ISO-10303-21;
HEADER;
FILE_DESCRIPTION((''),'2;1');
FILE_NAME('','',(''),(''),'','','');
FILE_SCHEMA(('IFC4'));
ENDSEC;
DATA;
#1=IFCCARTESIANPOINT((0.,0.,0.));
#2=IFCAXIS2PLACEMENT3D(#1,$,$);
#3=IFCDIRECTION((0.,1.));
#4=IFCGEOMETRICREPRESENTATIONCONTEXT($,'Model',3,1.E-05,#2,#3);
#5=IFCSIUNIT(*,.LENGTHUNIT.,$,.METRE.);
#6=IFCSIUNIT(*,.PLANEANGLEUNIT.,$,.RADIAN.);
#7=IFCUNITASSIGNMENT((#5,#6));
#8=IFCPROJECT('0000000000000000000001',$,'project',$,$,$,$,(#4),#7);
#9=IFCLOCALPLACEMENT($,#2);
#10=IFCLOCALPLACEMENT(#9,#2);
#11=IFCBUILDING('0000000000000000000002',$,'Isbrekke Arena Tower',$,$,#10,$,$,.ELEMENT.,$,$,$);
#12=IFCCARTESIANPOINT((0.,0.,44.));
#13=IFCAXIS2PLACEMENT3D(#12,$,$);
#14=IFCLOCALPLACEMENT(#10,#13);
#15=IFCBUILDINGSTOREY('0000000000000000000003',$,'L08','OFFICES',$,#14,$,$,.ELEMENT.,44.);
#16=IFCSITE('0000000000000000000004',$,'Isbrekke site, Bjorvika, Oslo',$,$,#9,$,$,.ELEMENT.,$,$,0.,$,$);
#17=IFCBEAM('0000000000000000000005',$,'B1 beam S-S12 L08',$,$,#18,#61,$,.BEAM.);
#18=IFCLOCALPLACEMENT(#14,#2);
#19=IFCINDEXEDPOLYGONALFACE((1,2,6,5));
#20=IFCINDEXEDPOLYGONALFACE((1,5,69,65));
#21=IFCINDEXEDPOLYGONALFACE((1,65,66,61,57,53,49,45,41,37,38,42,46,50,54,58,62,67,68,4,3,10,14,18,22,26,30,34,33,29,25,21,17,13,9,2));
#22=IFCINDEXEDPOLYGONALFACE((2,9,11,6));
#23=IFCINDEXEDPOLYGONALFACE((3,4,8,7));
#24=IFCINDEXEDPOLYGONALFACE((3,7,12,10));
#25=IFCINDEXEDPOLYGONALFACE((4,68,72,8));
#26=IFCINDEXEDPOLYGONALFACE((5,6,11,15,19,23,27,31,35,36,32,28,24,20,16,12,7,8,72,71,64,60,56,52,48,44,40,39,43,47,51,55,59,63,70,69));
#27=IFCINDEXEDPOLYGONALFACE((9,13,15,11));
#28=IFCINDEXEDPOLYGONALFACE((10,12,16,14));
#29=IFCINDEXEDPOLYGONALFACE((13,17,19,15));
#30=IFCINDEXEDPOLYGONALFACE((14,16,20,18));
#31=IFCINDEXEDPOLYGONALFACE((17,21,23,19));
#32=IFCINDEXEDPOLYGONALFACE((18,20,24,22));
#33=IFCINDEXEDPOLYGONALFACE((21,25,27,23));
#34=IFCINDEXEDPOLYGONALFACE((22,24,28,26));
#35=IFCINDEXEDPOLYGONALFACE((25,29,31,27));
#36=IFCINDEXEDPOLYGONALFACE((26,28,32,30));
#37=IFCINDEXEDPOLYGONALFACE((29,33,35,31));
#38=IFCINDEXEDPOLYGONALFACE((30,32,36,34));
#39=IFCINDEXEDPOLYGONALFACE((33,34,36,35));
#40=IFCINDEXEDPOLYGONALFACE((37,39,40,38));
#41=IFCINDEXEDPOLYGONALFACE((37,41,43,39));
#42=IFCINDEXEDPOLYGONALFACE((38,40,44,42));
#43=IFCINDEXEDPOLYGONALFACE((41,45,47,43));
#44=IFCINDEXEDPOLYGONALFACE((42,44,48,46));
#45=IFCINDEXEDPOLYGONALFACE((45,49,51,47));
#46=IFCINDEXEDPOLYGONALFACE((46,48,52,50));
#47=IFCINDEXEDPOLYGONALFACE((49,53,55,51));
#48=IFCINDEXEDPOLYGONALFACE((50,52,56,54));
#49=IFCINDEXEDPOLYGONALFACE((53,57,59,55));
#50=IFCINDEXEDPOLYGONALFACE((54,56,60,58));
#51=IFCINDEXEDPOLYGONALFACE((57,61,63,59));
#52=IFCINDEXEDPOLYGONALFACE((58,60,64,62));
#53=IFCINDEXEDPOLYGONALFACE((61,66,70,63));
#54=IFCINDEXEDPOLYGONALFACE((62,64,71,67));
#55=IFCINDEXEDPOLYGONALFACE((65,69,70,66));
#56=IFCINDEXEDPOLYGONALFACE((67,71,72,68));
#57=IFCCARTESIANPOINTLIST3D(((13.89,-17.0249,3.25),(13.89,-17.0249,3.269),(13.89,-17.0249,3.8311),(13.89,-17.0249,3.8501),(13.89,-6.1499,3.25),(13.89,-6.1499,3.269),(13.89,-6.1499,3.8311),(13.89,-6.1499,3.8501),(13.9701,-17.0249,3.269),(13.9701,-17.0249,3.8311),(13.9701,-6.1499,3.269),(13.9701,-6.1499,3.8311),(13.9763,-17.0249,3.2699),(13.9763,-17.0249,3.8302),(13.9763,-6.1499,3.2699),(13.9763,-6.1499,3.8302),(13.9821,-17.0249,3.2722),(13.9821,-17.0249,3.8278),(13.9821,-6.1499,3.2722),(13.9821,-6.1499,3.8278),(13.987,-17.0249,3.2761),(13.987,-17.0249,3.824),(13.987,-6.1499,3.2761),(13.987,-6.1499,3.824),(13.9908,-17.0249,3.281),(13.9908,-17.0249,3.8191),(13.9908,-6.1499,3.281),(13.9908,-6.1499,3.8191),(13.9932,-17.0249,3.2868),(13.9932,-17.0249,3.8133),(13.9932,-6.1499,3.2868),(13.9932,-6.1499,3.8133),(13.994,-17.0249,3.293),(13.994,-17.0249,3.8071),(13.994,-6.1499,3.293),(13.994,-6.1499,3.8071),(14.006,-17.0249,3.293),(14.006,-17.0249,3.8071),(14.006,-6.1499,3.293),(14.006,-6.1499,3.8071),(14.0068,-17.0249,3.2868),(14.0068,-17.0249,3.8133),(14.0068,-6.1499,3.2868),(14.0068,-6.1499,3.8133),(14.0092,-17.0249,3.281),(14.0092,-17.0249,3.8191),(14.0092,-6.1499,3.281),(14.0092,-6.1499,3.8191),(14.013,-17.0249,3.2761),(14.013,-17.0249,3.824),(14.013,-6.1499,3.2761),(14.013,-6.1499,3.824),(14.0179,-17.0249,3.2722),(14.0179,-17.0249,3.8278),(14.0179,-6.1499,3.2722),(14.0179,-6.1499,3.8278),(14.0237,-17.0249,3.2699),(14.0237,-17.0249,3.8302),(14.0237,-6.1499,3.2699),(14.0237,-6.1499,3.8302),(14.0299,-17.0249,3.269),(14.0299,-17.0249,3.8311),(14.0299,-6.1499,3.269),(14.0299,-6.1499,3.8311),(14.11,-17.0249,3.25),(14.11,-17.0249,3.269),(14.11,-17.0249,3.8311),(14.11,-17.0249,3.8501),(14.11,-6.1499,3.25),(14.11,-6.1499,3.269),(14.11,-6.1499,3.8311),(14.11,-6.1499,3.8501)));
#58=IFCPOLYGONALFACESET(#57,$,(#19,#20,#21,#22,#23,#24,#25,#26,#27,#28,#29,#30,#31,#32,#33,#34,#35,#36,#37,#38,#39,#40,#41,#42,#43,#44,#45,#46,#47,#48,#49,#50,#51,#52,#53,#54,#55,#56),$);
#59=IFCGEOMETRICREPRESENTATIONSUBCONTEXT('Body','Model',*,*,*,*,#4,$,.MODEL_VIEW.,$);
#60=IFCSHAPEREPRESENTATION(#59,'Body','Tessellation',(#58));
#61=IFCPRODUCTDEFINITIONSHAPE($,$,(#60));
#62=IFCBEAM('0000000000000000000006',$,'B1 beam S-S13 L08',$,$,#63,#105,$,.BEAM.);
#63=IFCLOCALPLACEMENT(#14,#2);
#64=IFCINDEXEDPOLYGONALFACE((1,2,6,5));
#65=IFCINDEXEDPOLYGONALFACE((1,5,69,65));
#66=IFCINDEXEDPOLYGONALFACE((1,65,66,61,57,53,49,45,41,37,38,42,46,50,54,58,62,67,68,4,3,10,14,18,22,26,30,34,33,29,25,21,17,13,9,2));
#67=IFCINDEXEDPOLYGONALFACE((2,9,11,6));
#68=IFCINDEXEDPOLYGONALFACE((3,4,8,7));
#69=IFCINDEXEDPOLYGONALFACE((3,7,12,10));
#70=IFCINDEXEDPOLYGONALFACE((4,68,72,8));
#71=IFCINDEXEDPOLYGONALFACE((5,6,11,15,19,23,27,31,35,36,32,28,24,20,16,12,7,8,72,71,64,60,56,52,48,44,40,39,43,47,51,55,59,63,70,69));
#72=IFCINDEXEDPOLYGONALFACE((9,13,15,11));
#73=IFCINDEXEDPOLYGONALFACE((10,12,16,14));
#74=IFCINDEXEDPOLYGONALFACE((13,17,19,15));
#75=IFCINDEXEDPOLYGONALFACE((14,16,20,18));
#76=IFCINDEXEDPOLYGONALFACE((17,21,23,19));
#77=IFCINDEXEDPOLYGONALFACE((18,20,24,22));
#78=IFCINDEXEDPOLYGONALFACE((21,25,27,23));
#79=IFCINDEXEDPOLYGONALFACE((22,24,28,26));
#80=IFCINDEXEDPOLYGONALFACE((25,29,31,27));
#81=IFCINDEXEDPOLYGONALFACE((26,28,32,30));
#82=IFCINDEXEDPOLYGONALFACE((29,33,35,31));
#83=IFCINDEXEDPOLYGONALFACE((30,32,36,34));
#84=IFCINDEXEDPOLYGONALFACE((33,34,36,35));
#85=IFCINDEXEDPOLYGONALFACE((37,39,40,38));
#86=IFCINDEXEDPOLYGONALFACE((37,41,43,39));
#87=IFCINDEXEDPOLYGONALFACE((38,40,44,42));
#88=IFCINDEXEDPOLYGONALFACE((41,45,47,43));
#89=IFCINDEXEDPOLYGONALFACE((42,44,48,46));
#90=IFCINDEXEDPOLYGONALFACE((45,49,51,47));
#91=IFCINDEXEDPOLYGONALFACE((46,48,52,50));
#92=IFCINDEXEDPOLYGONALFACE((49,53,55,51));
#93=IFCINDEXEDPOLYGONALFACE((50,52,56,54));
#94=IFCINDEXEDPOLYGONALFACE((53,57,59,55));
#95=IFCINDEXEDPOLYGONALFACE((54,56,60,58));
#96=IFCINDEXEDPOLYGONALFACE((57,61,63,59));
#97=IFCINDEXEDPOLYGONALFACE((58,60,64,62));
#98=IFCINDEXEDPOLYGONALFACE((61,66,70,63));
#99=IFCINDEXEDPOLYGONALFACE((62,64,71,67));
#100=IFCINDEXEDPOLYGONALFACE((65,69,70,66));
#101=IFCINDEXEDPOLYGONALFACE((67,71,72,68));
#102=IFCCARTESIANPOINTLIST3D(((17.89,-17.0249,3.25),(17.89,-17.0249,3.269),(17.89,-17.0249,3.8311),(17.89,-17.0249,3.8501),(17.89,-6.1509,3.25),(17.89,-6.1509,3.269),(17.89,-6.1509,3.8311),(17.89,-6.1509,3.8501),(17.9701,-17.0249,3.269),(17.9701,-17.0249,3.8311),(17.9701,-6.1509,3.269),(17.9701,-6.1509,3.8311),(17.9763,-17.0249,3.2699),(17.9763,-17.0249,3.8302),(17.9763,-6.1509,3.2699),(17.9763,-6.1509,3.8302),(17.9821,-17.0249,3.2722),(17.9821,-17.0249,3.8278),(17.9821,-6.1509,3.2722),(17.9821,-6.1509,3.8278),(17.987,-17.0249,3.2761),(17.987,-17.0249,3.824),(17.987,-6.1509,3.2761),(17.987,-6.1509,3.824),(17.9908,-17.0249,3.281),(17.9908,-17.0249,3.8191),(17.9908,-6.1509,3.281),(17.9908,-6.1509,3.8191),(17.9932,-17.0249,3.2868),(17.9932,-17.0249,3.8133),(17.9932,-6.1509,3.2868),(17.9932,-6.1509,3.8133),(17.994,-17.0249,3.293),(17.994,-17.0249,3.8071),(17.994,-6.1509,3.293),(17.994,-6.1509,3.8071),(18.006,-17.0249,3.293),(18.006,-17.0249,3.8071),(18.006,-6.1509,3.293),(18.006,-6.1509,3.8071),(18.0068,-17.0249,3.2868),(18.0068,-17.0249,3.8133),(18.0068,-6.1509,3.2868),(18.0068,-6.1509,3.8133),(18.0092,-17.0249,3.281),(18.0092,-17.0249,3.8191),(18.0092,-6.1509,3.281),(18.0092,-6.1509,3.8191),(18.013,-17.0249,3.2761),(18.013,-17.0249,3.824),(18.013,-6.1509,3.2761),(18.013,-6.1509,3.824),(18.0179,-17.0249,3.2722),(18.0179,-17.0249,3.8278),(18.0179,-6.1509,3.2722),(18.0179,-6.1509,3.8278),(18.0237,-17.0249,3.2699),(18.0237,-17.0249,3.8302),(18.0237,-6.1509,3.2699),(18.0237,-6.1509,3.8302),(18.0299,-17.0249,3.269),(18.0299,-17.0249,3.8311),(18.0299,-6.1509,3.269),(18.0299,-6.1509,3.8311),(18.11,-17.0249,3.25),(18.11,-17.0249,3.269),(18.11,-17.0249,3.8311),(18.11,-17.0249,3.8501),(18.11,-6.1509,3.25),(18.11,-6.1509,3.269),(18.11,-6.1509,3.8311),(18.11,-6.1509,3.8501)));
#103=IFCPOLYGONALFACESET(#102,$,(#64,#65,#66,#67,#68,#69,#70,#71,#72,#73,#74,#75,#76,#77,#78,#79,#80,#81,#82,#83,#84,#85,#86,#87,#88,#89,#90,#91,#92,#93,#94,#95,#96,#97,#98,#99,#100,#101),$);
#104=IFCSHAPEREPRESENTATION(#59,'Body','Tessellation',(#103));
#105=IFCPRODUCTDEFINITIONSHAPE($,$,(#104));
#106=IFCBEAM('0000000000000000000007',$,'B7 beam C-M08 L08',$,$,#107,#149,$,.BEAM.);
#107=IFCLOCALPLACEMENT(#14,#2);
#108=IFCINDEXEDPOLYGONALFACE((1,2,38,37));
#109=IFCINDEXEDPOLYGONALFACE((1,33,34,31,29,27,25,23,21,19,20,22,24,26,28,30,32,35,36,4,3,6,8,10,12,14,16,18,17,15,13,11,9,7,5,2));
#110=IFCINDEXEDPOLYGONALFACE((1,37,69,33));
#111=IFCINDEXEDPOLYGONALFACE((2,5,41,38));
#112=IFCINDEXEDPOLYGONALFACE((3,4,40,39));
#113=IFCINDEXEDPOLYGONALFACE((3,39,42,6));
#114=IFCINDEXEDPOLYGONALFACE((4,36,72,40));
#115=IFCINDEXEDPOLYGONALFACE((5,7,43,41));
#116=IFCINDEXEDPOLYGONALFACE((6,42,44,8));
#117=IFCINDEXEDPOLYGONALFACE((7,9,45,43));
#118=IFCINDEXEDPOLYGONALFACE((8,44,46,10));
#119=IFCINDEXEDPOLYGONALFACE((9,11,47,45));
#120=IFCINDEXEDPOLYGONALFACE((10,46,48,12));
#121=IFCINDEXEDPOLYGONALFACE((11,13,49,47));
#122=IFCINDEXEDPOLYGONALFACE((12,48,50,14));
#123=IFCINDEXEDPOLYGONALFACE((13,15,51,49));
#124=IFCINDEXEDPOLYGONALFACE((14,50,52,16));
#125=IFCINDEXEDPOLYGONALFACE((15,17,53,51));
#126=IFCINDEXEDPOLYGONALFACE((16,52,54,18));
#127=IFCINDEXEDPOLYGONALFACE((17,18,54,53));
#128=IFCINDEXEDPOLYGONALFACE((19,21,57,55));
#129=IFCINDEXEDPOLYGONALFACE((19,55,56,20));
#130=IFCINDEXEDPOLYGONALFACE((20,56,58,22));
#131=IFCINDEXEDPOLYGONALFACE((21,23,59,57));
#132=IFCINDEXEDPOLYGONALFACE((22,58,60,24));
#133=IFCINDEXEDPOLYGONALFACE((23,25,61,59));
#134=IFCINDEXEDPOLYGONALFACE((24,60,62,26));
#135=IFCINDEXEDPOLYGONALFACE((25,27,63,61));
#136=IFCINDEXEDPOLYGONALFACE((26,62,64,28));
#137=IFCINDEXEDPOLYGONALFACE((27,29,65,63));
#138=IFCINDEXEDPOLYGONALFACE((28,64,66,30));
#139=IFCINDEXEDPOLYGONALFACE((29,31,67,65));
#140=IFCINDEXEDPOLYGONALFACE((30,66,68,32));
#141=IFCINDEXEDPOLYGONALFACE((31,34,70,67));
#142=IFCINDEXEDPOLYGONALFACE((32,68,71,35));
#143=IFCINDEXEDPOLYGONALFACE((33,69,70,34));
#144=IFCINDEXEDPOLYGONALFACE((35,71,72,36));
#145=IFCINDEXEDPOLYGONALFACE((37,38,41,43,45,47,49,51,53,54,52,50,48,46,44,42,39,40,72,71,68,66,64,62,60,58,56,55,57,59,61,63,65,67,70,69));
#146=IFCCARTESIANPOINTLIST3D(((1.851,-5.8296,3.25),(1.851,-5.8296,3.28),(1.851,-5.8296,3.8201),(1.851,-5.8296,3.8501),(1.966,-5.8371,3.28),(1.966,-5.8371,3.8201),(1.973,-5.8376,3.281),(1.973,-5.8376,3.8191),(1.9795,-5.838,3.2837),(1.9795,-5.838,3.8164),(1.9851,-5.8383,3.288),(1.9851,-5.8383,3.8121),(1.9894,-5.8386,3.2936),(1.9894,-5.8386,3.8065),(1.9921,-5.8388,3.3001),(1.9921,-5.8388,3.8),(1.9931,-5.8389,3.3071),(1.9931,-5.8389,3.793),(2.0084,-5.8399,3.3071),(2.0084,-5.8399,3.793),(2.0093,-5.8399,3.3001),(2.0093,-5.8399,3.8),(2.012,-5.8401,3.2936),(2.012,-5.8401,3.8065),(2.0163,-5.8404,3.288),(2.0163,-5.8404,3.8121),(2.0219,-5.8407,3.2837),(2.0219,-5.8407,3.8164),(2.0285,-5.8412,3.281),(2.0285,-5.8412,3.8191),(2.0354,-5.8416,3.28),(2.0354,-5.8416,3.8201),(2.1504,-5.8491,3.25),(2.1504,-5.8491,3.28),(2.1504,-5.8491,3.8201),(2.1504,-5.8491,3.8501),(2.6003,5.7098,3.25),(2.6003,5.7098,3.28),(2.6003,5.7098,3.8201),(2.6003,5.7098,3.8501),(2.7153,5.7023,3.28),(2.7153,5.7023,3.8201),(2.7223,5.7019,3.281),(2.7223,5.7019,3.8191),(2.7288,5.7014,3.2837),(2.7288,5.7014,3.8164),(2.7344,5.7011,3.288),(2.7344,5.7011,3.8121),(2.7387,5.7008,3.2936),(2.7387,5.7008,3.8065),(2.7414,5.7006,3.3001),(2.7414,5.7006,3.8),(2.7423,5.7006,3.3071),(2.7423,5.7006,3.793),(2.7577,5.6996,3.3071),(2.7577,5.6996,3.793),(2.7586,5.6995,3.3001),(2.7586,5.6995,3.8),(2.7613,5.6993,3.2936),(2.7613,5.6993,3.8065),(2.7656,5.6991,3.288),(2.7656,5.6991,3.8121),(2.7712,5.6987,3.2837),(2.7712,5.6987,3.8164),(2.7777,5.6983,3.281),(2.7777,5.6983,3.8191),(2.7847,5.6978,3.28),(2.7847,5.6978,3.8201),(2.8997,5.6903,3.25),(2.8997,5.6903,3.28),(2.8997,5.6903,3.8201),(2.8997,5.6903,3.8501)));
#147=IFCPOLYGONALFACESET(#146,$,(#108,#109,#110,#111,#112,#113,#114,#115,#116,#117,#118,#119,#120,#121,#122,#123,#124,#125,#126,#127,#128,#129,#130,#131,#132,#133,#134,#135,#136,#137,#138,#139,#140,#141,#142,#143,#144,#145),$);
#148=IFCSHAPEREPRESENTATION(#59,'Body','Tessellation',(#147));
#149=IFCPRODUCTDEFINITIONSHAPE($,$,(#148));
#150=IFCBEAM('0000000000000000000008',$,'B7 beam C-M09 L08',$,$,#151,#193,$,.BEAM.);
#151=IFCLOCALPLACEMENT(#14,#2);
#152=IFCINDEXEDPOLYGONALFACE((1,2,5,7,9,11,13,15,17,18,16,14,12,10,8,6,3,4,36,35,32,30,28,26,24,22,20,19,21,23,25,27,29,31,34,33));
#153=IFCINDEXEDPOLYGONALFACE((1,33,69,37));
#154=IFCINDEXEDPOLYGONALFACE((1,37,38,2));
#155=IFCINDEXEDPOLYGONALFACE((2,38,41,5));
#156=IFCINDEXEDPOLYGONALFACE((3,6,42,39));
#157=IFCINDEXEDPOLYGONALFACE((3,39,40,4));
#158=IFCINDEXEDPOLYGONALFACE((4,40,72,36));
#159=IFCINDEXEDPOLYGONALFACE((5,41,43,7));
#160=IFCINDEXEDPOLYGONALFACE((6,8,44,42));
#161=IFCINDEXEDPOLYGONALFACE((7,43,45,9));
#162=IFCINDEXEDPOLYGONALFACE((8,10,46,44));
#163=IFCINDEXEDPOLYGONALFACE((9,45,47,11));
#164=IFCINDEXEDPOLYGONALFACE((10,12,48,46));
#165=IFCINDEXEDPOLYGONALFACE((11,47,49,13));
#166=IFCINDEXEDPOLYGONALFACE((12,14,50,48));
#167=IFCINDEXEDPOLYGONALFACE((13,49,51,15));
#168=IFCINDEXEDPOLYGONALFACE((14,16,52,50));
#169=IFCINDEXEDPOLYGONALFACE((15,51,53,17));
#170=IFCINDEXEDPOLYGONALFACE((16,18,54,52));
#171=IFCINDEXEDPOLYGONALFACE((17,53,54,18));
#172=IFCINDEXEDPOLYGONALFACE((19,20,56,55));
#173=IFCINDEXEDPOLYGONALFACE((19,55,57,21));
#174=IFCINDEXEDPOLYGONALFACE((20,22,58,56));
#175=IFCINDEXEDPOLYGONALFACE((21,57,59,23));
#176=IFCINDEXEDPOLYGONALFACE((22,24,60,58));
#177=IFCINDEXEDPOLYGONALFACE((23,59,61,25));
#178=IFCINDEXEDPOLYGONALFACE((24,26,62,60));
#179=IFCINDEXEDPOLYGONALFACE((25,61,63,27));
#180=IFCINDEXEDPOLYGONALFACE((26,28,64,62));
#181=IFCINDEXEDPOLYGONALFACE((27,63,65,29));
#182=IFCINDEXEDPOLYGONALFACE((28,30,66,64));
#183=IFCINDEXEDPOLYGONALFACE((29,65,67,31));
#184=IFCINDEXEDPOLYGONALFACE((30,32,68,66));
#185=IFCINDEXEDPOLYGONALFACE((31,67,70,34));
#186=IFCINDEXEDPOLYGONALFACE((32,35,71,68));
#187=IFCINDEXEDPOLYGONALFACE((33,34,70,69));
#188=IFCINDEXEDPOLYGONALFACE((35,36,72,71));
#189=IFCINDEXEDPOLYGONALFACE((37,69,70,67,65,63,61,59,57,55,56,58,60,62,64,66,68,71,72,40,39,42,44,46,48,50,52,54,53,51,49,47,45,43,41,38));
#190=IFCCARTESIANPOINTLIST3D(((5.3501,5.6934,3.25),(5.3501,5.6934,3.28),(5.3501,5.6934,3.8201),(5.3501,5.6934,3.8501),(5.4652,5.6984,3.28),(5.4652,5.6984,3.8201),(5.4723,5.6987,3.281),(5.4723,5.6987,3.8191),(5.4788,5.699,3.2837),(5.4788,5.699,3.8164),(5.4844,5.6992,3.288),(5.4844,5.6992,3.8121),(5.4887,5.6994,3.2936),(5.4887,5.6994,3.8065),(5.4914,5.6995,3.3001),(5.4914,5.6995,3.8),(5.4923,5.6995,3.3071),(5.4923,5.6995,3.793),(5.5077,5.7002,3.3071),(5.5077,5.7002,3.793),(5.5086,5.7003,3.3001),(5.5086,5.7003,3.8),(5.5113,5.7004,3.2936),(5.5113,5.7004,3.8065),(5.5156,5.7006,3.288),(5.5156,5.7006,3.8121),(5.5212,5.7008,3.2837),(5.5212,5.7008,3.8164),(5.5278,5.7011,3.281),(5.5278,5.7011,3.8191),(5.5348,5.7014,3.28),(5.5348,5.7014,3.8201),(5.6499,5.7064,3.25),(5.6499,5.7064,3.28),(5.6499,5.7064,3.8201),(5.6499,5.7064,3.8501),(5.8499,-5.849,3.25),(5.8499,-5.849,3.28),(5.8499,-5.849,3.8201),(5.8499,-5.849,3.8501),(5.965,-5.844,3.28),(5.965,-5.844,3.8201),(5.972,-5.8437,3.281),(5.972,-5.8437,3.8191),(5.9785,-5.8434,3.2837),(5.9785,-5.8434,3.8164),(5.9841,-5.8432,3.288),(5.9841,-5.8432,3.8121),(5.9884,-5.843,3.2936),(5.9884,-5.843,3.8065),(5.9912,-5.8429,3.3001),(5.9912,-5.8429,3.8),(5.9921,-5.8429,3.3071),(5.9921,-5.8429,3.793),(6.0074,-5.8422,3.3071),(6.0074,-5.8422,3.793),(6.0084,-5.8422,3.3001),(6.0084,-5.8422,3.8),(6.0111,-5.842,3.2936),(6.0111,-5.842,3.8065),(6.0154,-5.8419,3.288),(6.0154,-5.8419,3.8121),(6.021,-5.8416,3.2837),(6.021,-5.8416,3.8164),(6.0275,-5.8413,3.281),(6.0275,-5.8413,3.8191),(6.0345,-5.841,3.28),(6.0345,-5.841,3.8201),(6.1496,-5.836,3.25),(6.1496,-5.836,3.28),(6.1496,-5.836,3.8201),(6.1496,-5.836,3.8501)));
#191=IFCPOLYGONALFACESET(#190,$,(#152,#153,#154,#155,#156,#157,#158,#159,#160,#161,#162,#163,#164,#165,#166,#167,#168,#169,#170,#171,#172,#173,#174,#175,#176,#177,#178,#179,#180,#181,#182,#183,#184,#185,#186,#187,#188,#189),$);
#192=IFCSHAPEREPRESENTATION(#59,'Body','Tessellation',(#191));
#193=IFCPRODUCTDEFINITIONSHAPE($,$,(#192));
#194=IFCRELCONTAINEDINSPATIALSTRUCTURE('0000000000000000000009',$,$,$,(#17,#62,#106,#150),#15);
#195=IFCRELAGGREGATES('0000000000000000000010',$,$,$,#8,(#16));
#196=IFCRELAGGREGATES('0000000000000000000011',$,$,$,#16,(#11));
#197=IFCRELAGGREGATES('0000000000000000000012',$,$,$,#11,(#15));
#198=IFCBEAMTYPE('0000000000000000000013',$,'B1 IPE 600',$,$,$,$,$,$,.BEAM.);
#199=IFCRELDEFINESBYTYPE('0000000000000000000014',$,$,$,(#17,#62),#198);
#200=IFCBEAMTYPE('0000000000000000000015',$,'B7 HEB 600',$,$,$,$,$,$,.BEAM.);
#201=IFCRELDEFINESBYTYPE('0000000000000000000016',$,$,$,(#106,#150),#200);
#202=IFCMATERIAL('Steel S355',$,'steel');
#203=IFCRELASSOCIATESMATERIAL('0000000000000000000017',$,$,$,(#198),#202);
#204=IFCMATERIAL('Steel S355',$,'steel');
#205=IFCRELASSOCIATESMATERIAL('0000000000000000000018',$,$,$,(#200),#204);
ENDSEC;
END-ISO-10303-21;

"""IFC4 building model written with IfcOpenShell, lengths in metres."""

from ifc_helpers import new_model, si_unit, direction, frame, origin, origin_2d, place, context, subcontext, project, spatial, i_section, extrude, material, material_profile, profile_set, type_object, element, save


model = new_model("IFC4")

# Units and contexts
model_context = context("Model", 3, precision=1e-05, world=origin(), true_north=direction((0.0, 1.0)))
body_context = subcontext(model_context, "Body", "Model", "MODEL_VIEW")
ifc_project = project(units=[si_unit("LENGTHUNIT", "METRE"), si_unit("PLANEANGLEUNIT", "RADIAN")], contexts=[model_context])

# Site, building, storey
site_placement = place(None, origin())
site = spatial("IfcSite", under=ifc_project, at=site_placement, Name="Isbrekke site, Bjorvika, Oslo", CompositionType="ELEMENT", RefElevation=0.0)
building_placement = place(site_placement, origin())
building = spatial("IfcBuilding", under=site, at=building_placement, Name="Isbrekke Arena Tower", CompositionType="ELEMENT")
storey_placement = place(building_placement, frame((0.0, 0.0, 44.0)))
storey = spatial("IfcBuildingStorey", under=building, at=storey_placement, Name="L08", Description="OFFICES", CompositionType="ELEMENT", Elevation=44.0)

# Beams
ifc_material_1 = material(Name="Steel S355", Category="steel")
ifc_material_profile_1 = material_profile(ifc_material_1, i_section(OverallWidth=0.22, OverallDepth=0.6001, WebThickness=0.012, FlangeThickness=0.019, FilletRadius=0.0239, at=origin_2d()), Name="IPE 600")
ifc_profile_set_1 = profile_set([ifc_material_profile_1], Name="Steel S355")
beam_type_1 = type_object("IfcBeamType", Name="B1 IPE 600", PredefinedType="BEAM", material=ifc_profile_set_1)
beam_1_placement = place(storey_placement, frame((14.0, -17.0249, 3.55), z_axis=(0.0, 1.0, 0.0), x_axis=(-1.0, 0.0, 0.0)))
element("IfcBeam", 1, at=beam_1_placement, inside=storey, type_object=beam_type_1, Name="B1 beam S-S12 L08", PredefinedType="BEAM", context=body_context, shape_type="SweptSolid", body=[
    extrude(i_section(OverallWidth=0.22, OverallDepth=0.6001, WebThickness=0.012, FlangeThickness=0.019, FilletRadius=0.0239, at=origin_2d()), origin(), (0.0, 0.0, 1.0), 10.875),
])
beam_2_placement = place(storey_placement, frame((18.0, -17.0249, 3.55), z_axis=(0.0, 1.0, 0.0), x_axis=(-1.0, 0.0, 0.0)))
element("IfcBeam", 2, at=beam_2_placement, inside=storey, type_object=beam_type_1, Name="B1 beam S-S13 L08", PredefinedType="BEAM", context=body_context, shape_type="SweptSolid", body=[
    extrude(i_section(OverallWidth=0.22, OverallDepth=0.6001, WebThickness=0.012, FlangeThickness=0.019, FilletRadius=0.0239, at=origin_2d()), origin(), (0.0, 0.0, 1.0), 10.874),
])
ifc_material_2 = material(Name="Steel S355", Category="steel")
ifc_material_profile_2 = material_profile(ifc_material_2, i_section(OverallWidth=0.3, OverallDepth=0.6001, WebThickness=0.0154, FlangeThickness=0.03, FilletRadius=0.0271, at=origin_2d()), Name="HEB 600")
ifc_profile_set_2 = profile_set([ifc_material_profile_2], Name="Steel S355")
beam_type_2 = type_object("IfcBeamType", Name="B7 HEB 600", PredefinedType="BEAM", material=ifc_profile_set_2)
beam_3_placement = place(storey_placement, frame((2.0007, -5.8394, 3.55), z_axis=(0.064795, 0.997899, 0.0), x_axis=(-0.997899, 0.064795, 0.0)))
element("IfcBeam", 3, at=beam_3_placement, inside=storey, type_object=beam_type_2, Name="B7 beam C-M08 L08", PredefinedType="BEAM", context=body_context, shape_type="SweptSolid", body=[
    extrude(i_section(OverallWidth=0.3, OverallDepth=0.6001, WebThickness=0.0154, FlangeThickness=0.03, FilletRadius=0.0271, at=origin_2d()), origin(), (0.0, 0.0, 1.0), 11.5637),
])
beam_4_placement = place(storey_placement, frame((5.9998, -5.8425, 3.55), z_axis=(-0.043257, 0.999064, 0.0), x_axis=(-0.999064, -0.043257, 0.0)))
element("IfcBeam", 4, at=beam_4_placement, inside=storey, type_object=beam_type_2, Name="B7 beam C-M09 L08", PredefinedType="BEAM", context=body_context, shape_type="SweptSolid", body=[
    extrude(i_section(OverallWidth=0.3, OverallDepth=0.6001, WebThickness=0.0154, FlangeThickness=0.03, FilletRadius=0.0271, at=origin_2d()), origin(), (0.0, 0.0, 1.0), 11.5532),
])

save(model, "model.ifc")
